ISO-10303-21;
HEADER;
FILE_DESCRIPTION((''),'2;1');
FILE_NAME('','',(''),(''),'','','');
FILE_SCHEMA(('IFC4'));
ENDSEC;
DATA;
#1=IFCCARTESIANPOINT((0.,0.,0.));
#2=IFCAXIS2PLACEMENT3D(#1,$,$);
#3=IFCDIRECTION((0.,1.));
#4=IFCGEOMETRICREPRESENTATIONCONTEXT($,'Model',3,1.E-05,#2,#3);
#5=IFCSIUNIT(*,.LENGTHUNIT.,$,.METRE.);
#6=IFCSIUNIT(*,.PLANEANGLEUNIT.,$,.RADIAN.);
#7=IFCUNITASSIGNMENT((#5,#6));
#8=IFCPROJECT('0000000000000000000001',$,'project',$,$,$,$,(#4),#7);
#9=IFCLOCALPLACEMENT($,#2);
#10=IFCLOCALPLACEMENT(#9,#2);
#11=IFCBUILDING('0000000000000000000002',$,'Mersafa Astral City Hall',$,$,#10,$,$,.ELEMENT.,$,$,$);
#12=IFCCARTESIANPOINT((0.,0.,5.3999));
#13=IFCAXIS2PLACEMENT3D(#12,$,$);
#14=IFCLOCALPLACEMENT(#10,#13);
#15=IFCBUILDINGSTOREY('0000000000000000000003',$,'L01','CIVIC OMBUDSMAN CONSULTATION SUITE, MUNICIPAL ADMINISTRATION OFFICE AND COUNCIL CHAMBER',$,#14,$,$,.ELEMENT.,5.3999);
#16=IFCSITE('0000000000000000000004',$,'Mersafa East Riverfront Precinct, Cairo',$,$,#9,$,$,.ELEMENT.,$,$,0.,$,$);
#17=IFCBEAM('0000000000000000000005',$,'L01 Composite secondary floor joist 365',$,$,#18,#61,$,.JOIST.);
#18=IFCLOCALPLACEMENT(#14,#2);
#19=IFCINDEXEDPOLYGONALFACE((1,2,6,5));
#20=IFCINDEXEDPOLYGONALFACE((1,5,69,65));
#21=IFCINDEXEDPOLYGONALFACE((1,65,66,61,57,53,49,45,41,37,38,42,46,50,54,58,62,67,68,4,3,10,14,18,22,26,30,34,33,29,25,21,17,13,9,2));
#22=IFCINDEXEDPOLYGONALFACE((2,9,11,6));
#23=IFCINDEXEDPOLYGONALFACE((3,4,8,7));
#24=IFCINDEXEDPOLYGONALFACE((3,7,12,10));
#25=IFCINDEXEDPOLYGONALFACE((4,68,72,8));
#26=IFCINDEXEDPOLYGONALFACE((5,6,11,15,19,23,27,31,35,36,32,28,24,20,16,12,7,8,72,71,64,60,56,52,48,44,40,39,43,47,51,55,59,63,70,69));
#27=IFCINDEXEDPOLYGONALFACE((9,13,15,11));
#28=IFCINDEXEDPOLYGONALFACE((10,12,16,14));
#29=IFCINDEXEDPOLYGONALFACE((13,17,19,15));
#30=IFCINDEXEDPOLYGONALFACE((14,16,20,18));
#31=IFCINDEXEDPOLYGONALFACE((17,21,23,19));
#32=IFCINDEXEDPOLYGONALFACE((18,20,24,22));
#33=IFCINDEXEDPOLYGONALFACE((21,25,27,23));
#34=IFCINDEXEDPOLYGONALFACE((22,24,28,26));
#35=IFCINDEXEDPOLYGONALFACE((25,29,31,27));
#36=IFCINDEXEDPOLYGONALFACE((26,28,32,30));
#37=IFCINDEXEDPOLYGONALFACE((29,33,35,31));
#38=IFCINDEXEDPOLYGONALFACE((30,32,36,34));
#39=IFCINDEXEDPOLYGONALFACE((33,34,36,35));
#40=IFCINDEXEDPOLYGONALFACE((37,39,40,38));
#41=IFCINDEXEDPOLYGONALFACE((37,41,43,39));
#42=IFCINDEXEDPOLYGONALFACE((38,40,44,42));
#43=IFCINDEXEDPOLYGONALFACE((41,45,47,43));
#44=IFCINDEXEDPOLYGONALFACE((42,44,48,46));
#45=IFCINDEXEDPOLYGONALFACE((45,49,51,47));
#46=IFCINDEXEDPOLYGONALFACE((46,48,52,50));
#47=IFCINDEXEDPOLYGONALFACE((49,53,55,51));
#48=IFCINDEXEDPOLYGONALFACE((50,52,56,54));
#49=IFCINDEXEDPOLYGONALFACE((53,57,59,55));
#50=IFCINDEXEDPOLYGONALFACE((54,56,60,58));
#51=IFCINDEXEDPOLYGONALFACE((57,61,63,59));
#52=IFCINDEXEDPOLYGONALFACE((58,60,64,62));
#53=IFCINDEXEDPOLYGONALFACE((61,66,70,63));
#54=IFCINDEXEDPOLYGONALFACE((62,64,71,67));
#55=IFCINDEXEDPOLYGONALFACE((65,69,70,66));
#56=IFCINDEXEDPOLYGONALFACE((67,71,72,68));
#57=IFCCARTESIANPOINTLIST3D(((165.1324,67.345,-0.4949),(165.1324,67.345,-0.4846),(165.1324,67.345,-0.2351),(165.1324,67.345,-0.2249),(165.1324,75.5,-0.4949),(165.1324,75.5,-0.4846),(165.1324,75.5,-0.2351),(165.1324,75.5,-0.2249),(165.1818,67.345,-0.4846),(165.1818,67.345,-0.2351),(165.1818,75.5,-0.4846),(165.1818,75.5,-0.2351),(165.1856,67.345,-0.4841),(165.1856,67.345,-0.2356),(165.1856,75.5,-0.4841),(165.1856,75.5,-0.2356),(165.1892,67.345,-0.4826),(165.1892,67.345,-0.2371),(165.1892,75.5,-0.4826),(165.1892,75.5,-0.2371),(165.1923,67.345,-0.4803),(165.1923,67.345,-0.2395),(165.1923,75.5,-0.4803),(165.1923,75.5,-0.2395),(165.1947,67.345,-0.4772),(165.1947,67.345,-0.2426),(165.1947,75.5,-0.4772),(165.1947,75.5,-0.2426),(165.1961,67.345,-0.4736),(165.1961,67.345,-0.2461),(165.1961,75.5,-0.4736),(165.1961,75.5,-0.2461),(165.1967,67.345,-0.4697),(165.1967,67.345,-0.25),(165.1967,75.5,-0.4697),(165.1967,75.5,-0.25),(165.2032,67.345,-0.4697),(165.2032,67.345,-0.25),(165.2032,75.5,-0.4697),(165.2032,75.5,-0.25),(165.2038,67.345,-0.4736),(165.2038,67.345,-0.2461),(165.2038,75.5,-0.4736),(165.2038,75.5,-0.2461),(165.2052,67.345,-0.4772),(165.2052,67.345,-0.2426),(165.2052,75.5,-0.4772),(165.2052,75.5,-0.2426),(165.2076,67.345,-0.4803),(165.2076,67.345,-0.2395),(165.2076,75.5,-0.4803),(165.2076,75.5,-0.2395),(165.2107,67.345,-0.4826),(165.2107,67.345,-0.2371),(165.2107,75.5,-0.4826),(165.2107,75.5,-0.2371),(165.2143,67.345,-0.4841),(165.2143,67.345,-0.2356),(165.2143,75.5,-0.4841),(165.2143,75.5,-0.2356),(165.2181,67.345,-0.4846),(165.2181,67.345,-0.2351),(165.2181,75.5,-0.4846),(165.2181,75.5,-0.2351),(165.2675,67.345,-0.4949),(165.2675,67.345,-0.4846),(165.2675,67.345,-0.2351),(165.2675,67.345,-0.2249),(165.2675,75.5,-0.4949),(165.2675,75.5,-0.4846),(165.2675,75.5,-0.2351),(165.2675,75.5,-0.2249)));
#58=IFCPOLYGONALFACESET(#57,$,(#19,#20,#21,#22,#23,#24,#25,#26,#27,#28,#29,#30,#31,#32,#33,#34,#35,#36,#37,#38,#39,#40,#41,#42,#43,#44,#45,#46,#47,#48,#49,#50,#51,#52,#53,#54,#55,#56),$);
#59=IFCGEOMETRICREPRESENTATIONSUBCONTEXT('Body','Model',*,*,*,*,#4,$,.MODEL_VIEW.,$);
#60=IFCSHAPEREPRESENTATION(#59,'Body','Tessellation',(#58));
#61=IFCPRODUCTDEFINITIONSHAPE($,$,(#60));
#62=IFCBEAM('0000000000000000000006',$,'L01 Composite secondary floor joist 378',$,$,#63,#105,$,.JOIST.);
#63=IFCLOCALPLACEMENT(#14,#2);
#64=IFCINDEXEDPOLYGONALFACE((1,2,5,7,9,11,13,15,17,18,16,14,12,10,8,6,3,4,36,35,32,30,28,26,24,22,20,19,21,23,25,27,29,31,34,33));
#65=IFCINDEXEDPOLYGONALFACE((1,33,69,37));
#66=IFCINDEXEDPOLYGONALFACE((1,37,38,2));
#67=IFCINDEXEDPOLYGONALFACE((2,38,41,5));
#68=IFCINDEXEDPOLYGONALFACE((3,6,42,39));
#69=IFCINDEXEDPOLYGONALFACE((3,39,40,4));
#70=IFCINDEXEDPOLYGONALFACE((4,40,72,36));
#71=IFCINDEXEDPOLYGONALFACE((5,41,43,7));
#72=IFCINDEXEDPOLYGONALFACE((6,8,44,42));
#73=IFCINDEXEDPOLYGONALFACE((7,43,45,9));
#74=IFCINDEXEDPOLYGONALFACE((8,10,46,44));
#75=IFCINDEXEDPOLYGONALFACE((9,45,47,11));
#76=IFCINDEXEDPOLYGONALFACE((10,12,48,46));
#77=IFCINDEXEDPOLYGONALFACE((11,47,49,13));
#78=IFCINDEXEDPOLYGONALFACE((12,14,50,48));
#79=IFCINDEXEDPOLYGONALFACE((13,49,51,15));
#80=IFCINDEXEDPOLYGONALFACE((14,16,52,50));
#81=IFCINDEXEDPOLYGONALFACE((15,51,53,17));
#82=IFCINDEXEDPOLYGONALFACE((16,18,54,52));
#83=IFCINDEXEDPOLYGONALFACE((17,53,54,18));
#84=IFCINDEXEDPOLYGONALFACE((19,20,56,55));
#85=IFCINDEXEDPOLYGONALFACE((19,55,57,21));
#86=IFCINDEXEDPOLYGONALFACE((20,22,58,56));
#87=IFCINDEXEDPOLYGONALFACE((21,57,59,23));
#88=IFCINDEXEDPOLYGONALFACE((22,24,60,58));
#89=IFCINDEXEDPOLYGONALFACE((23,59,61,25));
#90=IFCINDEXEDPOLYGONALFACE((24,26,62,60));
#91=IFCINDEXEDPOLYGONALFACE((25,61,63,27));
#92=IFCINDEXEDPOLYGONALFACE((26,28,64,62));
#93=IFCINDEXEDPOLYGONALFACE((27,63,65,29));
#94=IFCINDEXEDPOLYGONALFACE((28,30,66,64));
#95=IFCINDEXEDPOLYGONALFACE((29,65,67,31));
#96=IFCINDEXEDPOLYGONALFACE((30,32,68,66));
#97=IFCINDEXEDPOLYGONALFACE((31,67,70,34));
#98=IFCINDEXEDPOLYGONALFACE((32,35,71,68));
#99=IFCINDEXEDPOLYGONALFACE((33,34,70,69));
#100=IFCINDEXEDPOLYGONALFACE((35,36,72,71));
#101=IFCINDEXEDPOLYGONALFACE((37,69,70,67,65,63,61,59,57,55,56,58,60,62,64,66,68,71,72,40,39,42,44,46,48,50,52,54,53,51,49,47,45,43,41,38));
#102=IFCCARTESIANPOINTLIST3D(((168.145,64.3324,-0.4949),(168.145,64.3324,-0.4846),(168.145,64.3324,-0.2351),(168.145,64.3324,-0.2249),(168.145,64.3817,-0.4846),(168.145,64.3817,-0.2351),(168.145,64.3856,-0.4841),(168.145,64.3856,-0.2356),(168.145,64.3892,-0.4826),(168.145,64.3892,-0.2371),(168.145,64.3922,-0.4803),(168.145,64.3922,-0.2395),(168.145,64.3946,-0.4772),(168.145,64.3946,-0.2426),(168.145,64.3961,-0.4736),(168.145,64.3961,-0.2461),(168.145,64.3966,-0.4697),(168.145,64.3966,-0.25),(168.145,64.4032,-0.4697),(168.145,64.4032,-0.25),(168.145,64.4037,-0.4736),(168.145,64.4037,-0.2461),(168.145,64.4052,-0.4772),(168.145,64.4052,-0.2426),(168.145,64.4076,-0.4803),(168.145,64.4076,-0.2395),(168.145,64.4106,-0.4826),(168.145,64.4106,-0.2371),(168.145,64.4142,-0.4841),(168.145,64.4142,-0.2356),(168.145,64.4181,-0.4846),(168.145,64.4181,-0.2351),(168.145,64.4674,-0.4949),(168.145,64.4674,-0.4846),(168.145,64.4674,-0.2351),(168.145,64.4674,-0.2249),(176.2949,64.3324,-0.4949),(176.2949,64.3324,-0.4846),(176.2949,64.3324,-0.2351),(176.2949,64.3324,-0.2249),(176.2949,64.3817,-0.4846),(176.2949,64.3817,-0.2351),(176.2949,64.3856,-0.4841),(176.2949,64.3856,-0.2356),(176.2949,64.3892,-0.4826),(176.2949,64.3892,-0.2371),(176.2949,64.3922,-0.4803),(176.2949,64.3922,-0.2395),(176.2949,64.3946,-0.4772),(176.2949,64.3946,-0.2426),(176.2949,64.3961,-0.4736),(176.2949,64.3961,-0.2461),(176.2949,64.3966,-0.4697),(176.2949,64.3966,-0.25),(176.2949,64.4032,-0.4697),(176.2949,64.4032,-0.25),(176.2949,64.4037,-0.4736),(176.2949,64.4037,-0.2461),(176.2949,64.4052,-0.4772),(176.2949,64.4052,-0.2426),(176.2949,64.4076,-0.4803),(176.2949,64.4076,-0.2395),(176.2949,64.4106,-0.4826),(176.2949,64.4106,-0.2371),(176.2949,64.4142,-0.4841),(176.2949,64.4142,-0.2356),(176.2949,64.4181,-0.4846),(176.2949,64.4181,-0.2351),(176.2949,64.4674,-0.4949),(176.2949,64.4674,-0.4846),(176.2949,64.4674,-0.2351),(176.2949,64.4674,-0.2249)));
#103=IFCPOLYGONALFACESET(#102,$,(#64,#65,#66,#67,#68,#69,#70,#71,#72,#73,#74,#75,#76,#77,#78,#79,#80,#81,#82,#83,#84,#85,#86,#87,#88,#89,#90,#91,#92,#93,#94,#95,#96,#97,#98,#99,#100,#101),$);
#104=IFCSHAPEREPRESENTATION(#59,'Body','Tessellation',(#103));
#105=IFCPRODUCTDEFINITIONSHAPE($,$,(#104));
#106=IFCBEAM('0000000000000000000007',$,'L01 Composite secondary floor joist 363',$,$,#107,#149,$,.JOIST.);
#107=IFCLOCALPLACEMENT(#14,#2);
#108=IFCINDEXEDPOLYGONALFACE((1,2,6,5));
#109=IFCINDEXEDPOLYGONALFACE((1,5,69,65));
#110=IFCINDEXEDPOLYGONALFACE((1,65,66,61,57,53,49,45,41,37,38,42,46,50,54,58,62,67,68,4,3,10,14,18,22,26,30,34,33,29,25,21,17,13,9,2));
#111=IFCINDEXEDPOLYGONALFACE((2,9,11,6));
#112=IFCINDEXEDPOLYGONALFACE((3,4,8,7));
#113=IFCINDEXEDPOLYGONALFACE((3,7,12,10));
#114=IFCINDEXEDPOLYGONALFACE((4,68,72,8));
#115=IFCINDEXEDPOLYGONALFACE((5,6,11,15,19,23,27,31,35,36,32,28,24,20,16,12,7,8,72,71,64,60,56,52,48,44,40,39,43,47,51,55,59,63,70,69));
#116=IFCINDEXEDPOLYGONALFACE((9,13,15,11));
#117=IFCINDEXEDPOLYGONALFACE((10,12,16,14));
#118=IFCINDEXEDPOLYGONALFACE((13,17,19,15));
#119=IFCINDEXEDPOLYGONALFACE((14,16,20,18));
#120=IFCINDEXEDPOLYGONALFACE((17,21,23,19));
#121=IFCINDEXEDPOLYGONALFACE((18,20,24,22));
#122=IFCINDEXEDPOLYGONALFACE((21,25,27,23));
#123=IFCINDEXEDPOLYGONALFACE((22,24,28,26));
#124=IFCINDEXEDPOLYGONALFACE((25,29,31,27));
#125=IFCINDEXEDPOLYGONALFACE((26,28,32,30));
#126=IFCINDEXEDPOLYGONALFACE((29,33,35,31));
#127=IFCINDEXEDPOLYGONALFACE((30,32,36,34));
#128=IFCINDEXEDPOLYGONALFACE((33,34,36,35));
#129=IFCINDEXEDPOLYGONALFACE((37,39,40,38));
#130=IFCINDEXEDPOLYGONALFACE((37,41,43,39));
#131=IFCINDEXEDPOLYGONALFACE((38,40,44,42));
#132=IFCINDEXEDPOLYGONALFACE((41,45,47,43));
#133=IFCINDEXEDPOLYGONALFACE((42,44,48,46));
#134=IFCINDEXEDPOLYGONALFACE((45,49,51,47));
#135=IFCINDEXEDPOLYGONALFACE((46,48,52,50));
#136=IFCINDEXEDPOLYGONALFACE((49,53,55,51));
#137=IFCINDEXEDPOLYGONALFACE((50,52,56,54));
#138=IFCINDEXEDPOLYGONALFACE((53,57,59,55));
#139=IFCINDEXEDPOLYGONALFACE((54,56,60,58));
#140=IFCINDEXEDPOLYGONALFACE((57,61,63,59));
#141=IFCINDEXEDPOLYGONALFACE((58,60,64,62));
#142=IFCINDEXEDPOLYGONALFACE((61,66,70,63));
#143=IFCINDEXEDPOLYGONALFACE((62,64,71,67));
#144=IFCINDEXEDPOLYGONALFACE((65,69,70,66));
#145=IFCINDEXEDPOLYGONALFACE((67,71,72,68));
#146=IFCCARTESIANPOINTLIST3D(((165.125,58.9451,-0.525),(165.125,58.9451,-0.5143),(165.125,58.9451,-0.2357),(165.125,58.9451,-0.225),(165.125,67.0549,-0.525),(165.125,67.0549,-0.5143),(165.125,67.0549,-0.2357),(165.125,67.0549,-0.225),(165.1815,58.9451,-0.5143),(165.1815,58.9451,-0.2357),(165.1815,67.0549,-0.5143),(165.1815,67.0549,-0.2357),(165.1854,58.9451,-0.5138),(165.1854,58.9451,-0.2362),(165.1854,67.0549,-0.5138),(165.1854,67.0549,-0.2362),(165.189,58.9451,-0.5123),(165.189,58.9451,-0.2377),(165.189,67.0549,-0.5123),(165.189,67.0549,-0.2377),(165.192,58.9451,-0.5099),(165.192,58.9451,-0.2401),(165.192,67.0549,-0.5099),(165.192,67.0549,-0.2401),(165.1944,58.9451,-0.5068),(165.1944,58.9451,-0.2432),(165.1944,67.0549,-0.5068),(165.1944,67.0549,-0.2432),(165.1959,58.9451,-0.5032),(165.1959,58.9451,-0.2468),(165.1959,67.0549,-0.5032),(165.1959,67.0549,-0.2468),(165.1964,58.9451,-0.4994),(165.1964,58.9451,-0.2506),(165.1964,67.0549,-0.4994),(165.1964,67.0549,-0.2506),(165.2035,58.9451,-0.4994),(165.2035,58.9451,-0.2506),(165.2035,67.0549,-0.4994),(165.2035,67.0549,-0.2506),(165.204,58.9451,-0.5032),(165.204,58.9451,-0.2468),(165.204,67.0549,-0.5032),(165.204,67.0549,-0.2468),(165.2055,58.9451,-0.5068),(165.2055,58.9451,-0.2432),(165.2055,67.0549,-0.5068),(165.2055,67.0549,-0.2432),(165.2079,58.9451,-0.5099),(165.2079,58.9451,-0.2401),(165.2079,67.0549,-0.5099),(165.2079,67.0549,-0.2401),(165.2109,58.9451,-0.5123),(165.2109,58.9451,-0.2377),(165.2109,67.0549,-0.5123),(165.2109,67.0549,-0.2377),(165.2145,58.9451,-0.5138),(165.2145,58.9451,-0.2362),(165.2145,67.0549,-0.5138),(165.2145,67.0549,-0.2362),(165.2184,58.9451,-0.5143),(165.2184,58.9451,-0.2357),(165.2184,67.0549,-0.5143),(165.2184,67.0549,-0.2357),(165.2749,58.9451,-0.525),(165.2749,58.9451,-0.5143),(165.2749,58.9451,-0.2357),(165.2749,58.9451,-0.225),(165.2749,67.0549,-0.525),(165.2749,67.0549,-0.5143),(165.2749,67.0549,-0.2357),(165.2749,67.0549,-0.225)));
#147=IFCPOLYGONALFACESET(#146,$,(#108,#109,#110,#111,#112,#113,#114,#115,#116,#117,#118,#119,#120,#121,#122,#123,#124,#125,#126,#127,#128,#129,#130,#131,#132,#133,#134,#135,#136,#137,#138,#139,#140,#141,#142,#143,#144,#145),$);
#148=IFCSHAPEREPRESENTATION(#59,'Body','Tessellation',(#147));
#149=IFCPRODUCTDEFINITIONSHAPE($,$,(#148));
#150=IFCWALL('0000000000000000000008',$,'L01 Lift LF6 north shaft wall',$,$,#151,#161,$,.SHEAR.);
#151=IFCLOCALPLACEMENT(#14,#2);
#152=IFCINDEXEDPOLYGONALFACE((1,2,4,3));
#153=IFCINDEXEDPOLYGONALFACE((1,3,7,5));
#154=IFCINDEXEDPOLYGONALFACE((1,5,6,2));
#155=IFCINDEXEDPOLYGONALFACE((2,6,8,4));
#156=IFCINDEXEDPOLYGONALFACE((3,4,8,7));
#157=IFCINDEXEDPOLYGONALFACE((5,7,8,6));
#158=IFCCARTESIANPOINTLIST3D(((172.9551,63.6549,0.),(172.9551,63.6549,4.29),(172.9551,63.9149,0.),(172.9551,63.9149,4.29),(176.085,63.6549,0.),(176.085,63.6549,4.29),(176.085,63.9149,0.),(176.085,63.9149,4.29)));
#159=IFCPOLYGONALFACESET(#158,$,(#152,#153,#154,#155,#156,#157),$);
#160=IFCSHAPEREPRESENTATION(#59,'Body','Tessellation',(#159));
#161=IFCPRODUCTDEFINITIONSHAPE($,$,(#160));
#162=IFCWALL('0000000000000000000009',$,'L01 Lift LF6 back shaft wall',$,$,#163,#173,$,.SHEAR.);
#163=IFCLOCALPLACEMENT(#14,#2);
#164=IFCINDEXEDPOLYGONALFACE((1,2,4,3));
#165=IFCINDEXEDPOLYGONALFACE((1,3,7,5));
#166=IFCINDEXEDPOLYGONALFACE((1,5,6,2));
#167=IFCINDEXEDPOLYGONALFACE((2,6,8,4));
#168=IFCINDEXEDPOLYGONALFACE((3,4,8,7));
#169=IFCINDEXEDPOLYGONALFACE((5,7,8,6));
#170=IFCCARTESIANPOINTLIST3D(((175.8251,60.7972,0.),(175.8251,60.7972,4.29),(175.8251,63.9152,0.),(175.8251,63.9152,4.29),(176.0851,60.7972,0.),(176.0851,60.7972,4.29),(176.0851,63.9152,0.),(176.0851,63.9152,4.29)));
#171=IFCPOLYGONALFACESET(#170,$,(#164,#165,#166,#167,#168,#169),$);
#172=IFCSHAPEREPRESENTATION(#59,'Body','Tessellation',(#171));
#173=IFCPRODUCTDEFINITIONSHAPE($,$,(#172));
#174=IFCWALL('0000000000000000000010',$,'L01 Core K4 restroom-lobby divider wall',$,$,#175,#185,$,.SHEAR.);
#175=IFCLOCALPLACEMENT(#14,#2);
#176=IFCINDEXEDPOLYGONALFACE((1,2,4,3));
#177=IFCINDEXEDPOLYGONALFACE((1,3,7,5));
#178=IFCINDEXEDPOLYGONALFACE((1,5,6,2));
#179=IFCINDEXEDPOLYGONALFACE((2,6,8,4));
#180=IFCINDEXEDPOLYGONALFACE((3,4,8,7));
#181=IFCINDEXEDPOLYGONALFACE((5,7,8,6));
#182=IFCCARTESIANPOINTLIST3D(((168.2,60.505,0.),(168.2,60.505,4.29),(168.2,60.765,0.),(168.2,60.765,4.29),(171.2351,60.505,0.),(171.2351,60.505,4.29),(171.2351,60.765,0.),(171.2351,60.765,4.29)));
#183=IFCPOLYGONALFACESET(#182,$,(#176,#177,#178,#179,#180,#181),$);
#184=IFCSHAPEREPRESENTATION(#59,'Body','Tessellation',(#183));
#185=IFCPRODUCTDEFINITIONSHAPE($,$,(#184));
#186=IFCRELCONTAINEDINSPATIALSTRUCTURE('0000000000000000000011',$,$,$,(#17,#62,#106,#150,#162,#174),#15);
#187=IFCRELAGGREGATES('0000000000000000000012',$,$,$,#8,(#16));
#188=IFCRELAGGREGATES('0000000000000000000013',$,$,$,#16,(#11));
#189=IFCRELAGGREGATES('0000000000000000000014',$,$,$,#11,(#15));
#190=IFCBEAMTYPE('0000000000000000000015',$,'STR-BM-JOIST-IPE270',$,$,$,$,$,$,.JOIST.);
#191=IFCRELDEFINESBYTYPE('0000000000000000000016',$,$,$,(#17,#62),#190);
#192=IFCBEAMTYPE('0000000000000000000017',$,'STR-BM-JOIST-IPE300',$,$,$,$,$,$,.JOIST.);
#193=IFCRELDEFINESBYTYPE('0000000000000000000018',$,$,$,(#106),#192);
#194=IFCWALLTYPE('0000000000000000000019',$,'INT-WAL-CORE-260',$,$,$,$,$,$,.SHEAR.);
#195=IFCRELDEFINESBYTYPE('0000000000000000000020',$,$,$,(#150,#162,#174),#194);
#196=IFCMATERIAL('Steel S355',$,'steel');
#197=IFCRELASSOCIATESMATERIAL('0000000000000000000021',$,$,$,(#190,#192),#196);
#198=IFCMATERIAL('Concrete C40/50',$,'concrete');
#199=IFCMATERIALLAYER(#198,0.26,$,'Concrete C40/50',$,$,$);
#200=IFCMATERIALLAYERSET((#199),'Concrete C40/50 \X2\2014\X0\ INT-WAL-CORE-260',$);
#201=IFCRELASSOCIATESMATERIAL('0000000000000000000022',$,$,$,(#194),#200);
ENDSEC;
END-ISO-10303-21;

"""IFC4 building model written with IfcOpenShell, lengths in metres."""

from ifc_helpers import new_model, si_unit, direction, frame, frame_2d, origin, origin_2d, place, context, subcontext, project, spatial, rectangle, i_section, extrude, material, layer, layer_set, material_profile, profile_set, type_object, element, save


model = new_model("IFC4")

# Units and contexts
model_context = context("Model", 3, precision=1e-05, world=origin(), true_north=direction((0.0, 1.0)))
body_context = subcontext(model_context, "Body", "Model", "MODEL_VIEW")
ifc_project = project(units=[si_unit("LENGTHUNIT", "METRE"), si_unit("PLANEANGLEUNIT", "RADIAN")], contexts=[model_context])

# Site, building, storey
site_placement = place(None, origin())
site = spatial("IfcSite", under=ifc_project, at=site_placement, Name="Mersafa East Riverfront Precinct, Cairo", CompositionType="ELEMENT", RefElevation=0.0)
building_placement = place(site_placement, origin())
building = spatial("IfcBuilding", under=site, at=building_placement, Name="Mersafa Astral City Hall", CompositionType="ELEMENT")
storey_placement = place(building_placement, frame((0.0, 0.0, 5.3999)))
storey = spatial("IfcBuildingStorey", under=building, at=storey_placement, Name="L01", Description="CIVIC OMBUDSMAN CONSULTATION SUITE, MUNICIPAL ADMINISTRATION OFFICE AND COUNCIL CHAMBER", CompositionType="ELEMENT", Elevation=5.3999)

# Shared definitions
ifc_material_1 = material(Name="Steel S355", Category="steel")

# Beams
ifc_material_profile_1 = material_profile(ifc_material_1, i_section(OverallWidth=0.135, OverallDepth=0.27, WebThickness=0.0066, FlangeThickness=0.0103, FilletRadius=0.0149, at=origin_2d()), Name="IPE 270")
ifc_profile_set_1 = profile_set([ifc_material_profile_1], Name="Steel S355")
beam_type_1 = type_object("IfcBeamType", Name="STR-BM-JOIST-IPE270", PredefinedType="JOIST", material=ifc_profile_set_1)
beam_1_placement = place(storey_placement, frame((165.2, 67.345, -0.3599), z_axis=(0.0, 1.0, 0.0), x_axis=(-1.0, 0.0, 0.0)))
element("IfcBeam", 1, at=beam_1_placement, inside=storey, type_object=beam_type_1, Name="L01 Composite secondary floor joist 365", PredefinedType="JOIST", context=body_context, shape_type="SweptSolid", body=[
    extrude(i_section(OverallWidth=0.135, OverallDepth=0.27, WebThickness=0.0066, FlangeThickness=0.0103, FilletRadius=0.0149, at=origin_2d()), origin(), (0.0, 0.0, 1.0), 8.155),
])
beam_2_placement = place(storey_placement, frame((168.145, 64.3999, -0.3599), z_axis=(1.0, 0.0, 0.0), x_axis=(0.0, 1.0, 0.0)))
element("IfcBeam", 2, at=beam_2_placement, inside=storey, type_object=beam_type_1, Name="L01 Composite secondary floor joist 378", PredefinedType="JOIST", context=body_context, shape_type="SweptSolid", body=[
    extrude(i_section(OverallWidth=0.135, OverallDepth=0.27, WebThickness=0.0066, FlangeThickness=0.0103, FilletRadius=0.0149, at=origin_2d()), origin(), (0.0, 0.0, 1.0), 8.1499),
])
ifc_material_profile_2 = material_profile(ifc_material_1, i_section(OverallWidth=0.1499, OverallDepth=0.3, WebThickness=0.0071, FlangeThickness=0.0107, FilletRadius=0.0149, at=origin_2d()), Name="IPE 300")
ifc_profile_set_2 = profile_set([ifc_material_profile_2], Name="Steel S355")
beam_type_2 = type_object("IfcBeamType", Name="STR-BM-JOIST-IPE300", PredefinedType="JOIST", material=ifc_profile_set_2)
beam_3_placement = place(storey_placement, frame((165.2, 58.9451, -0.375), z_axis=(0.0, 1.0, 0.0), x_axis=(-1.0, 0.0, 0.0)))
element("IfcBeam", 3, at=beam_3_placement, inside=storey, type_object=beam_type_2, Name="L01 Composite secondary floor joist 363", PredefinedType="JOIST", context=body_context, shape_type="SweptSolid", body=[
    extrude(i_section(OverallWidth=0.1499, OverallDepth=0.3, WebThickness=0.0071, FlangeThickness=0.0107, FilletRadius=0.0149, at=origin_2d()), origin(), (0.0, 0.0, 1.0), 8.1099),
])

# Walls
ifc_material_2 = material(Name="Concrete C40/50", Category="concrete")
ifc_layer_1 = layer(ifc_material_2, 0.26, Name="Concrete C40/50")
ifc_layer_set_1 = layer_set([ifc_layer_1], Name="Concrete C40/50 — INT-WAL-CORE-260")
wall_type_1 = type_object("IfcWallType", Name="INT-WAL-CORE-260", PredefinedType="SHEAR", material=ifc_layer_set_1)
wall_1_placement = place(storey_placement, frame((172.9551, 63.7849, 0.0), z_axis=(0.0, 0.0, 1.0), x_axis=(1.0, 0.0, 0.0)))
element("IfcWall", 4, at=wall_1_placement, inside=storey, type_object=wall_type_1, Name="L01 Lift LF6 north shaft wall", PredefinedType="SHEAR", context=body_context, shape_type="SweptSolid", body=[
    extrude(rectangle(XDim=3.1299, YDim=0.26, at=frame_2d((1.5649, 0.0))), origin(), (0.0, 0.0, 1.0), 4.29),
])
wall_2_placement = place(storey_placement, frame((175.9551, 60.7971, 0.0), z_axis=(0.0, 0.0, 1.0), x_axis=(0.0, 1.0, 0.0)))
element("IfcWall", 5, at=wall_2_placement, inside=storey, type_object=wall_type_1, Name="L01 Lift LF6 back shaft wall", PredefinedType="SHEAR", context=body_context, shape_type="SweptSolid", body=[
    extrude(rectangle(XDim=3.1179, YDim=0.26, at=frame_2d((1.5591, 0.0))), origin(), (0.0, 0.0, 1.0), 4.29),
])

# Wall
wall_3_placement = place(storey_placement, frame((168.2, 60.635, 0.0), z_axis=(0.0, 0.0, 1.0), x_axis=(1.0, 0.0, 0.0)))
element("IfcWall", 6, at=wall_3_placement, inside=storey, type_object=wall_type_1, Name="L01 Core K4 restroom-lobby divider wall", PredefinedType="SHEAR", context=body_context, shape_type="SweptSolid", body=[
    extrude(rectangle(XDim=3.0352, YDim=0.26, at=frame_2d((1.5176, 0.0))), origin(), (0.0, 0.0, 1.0), 4.29),
])

save(model, "model.ifc")
